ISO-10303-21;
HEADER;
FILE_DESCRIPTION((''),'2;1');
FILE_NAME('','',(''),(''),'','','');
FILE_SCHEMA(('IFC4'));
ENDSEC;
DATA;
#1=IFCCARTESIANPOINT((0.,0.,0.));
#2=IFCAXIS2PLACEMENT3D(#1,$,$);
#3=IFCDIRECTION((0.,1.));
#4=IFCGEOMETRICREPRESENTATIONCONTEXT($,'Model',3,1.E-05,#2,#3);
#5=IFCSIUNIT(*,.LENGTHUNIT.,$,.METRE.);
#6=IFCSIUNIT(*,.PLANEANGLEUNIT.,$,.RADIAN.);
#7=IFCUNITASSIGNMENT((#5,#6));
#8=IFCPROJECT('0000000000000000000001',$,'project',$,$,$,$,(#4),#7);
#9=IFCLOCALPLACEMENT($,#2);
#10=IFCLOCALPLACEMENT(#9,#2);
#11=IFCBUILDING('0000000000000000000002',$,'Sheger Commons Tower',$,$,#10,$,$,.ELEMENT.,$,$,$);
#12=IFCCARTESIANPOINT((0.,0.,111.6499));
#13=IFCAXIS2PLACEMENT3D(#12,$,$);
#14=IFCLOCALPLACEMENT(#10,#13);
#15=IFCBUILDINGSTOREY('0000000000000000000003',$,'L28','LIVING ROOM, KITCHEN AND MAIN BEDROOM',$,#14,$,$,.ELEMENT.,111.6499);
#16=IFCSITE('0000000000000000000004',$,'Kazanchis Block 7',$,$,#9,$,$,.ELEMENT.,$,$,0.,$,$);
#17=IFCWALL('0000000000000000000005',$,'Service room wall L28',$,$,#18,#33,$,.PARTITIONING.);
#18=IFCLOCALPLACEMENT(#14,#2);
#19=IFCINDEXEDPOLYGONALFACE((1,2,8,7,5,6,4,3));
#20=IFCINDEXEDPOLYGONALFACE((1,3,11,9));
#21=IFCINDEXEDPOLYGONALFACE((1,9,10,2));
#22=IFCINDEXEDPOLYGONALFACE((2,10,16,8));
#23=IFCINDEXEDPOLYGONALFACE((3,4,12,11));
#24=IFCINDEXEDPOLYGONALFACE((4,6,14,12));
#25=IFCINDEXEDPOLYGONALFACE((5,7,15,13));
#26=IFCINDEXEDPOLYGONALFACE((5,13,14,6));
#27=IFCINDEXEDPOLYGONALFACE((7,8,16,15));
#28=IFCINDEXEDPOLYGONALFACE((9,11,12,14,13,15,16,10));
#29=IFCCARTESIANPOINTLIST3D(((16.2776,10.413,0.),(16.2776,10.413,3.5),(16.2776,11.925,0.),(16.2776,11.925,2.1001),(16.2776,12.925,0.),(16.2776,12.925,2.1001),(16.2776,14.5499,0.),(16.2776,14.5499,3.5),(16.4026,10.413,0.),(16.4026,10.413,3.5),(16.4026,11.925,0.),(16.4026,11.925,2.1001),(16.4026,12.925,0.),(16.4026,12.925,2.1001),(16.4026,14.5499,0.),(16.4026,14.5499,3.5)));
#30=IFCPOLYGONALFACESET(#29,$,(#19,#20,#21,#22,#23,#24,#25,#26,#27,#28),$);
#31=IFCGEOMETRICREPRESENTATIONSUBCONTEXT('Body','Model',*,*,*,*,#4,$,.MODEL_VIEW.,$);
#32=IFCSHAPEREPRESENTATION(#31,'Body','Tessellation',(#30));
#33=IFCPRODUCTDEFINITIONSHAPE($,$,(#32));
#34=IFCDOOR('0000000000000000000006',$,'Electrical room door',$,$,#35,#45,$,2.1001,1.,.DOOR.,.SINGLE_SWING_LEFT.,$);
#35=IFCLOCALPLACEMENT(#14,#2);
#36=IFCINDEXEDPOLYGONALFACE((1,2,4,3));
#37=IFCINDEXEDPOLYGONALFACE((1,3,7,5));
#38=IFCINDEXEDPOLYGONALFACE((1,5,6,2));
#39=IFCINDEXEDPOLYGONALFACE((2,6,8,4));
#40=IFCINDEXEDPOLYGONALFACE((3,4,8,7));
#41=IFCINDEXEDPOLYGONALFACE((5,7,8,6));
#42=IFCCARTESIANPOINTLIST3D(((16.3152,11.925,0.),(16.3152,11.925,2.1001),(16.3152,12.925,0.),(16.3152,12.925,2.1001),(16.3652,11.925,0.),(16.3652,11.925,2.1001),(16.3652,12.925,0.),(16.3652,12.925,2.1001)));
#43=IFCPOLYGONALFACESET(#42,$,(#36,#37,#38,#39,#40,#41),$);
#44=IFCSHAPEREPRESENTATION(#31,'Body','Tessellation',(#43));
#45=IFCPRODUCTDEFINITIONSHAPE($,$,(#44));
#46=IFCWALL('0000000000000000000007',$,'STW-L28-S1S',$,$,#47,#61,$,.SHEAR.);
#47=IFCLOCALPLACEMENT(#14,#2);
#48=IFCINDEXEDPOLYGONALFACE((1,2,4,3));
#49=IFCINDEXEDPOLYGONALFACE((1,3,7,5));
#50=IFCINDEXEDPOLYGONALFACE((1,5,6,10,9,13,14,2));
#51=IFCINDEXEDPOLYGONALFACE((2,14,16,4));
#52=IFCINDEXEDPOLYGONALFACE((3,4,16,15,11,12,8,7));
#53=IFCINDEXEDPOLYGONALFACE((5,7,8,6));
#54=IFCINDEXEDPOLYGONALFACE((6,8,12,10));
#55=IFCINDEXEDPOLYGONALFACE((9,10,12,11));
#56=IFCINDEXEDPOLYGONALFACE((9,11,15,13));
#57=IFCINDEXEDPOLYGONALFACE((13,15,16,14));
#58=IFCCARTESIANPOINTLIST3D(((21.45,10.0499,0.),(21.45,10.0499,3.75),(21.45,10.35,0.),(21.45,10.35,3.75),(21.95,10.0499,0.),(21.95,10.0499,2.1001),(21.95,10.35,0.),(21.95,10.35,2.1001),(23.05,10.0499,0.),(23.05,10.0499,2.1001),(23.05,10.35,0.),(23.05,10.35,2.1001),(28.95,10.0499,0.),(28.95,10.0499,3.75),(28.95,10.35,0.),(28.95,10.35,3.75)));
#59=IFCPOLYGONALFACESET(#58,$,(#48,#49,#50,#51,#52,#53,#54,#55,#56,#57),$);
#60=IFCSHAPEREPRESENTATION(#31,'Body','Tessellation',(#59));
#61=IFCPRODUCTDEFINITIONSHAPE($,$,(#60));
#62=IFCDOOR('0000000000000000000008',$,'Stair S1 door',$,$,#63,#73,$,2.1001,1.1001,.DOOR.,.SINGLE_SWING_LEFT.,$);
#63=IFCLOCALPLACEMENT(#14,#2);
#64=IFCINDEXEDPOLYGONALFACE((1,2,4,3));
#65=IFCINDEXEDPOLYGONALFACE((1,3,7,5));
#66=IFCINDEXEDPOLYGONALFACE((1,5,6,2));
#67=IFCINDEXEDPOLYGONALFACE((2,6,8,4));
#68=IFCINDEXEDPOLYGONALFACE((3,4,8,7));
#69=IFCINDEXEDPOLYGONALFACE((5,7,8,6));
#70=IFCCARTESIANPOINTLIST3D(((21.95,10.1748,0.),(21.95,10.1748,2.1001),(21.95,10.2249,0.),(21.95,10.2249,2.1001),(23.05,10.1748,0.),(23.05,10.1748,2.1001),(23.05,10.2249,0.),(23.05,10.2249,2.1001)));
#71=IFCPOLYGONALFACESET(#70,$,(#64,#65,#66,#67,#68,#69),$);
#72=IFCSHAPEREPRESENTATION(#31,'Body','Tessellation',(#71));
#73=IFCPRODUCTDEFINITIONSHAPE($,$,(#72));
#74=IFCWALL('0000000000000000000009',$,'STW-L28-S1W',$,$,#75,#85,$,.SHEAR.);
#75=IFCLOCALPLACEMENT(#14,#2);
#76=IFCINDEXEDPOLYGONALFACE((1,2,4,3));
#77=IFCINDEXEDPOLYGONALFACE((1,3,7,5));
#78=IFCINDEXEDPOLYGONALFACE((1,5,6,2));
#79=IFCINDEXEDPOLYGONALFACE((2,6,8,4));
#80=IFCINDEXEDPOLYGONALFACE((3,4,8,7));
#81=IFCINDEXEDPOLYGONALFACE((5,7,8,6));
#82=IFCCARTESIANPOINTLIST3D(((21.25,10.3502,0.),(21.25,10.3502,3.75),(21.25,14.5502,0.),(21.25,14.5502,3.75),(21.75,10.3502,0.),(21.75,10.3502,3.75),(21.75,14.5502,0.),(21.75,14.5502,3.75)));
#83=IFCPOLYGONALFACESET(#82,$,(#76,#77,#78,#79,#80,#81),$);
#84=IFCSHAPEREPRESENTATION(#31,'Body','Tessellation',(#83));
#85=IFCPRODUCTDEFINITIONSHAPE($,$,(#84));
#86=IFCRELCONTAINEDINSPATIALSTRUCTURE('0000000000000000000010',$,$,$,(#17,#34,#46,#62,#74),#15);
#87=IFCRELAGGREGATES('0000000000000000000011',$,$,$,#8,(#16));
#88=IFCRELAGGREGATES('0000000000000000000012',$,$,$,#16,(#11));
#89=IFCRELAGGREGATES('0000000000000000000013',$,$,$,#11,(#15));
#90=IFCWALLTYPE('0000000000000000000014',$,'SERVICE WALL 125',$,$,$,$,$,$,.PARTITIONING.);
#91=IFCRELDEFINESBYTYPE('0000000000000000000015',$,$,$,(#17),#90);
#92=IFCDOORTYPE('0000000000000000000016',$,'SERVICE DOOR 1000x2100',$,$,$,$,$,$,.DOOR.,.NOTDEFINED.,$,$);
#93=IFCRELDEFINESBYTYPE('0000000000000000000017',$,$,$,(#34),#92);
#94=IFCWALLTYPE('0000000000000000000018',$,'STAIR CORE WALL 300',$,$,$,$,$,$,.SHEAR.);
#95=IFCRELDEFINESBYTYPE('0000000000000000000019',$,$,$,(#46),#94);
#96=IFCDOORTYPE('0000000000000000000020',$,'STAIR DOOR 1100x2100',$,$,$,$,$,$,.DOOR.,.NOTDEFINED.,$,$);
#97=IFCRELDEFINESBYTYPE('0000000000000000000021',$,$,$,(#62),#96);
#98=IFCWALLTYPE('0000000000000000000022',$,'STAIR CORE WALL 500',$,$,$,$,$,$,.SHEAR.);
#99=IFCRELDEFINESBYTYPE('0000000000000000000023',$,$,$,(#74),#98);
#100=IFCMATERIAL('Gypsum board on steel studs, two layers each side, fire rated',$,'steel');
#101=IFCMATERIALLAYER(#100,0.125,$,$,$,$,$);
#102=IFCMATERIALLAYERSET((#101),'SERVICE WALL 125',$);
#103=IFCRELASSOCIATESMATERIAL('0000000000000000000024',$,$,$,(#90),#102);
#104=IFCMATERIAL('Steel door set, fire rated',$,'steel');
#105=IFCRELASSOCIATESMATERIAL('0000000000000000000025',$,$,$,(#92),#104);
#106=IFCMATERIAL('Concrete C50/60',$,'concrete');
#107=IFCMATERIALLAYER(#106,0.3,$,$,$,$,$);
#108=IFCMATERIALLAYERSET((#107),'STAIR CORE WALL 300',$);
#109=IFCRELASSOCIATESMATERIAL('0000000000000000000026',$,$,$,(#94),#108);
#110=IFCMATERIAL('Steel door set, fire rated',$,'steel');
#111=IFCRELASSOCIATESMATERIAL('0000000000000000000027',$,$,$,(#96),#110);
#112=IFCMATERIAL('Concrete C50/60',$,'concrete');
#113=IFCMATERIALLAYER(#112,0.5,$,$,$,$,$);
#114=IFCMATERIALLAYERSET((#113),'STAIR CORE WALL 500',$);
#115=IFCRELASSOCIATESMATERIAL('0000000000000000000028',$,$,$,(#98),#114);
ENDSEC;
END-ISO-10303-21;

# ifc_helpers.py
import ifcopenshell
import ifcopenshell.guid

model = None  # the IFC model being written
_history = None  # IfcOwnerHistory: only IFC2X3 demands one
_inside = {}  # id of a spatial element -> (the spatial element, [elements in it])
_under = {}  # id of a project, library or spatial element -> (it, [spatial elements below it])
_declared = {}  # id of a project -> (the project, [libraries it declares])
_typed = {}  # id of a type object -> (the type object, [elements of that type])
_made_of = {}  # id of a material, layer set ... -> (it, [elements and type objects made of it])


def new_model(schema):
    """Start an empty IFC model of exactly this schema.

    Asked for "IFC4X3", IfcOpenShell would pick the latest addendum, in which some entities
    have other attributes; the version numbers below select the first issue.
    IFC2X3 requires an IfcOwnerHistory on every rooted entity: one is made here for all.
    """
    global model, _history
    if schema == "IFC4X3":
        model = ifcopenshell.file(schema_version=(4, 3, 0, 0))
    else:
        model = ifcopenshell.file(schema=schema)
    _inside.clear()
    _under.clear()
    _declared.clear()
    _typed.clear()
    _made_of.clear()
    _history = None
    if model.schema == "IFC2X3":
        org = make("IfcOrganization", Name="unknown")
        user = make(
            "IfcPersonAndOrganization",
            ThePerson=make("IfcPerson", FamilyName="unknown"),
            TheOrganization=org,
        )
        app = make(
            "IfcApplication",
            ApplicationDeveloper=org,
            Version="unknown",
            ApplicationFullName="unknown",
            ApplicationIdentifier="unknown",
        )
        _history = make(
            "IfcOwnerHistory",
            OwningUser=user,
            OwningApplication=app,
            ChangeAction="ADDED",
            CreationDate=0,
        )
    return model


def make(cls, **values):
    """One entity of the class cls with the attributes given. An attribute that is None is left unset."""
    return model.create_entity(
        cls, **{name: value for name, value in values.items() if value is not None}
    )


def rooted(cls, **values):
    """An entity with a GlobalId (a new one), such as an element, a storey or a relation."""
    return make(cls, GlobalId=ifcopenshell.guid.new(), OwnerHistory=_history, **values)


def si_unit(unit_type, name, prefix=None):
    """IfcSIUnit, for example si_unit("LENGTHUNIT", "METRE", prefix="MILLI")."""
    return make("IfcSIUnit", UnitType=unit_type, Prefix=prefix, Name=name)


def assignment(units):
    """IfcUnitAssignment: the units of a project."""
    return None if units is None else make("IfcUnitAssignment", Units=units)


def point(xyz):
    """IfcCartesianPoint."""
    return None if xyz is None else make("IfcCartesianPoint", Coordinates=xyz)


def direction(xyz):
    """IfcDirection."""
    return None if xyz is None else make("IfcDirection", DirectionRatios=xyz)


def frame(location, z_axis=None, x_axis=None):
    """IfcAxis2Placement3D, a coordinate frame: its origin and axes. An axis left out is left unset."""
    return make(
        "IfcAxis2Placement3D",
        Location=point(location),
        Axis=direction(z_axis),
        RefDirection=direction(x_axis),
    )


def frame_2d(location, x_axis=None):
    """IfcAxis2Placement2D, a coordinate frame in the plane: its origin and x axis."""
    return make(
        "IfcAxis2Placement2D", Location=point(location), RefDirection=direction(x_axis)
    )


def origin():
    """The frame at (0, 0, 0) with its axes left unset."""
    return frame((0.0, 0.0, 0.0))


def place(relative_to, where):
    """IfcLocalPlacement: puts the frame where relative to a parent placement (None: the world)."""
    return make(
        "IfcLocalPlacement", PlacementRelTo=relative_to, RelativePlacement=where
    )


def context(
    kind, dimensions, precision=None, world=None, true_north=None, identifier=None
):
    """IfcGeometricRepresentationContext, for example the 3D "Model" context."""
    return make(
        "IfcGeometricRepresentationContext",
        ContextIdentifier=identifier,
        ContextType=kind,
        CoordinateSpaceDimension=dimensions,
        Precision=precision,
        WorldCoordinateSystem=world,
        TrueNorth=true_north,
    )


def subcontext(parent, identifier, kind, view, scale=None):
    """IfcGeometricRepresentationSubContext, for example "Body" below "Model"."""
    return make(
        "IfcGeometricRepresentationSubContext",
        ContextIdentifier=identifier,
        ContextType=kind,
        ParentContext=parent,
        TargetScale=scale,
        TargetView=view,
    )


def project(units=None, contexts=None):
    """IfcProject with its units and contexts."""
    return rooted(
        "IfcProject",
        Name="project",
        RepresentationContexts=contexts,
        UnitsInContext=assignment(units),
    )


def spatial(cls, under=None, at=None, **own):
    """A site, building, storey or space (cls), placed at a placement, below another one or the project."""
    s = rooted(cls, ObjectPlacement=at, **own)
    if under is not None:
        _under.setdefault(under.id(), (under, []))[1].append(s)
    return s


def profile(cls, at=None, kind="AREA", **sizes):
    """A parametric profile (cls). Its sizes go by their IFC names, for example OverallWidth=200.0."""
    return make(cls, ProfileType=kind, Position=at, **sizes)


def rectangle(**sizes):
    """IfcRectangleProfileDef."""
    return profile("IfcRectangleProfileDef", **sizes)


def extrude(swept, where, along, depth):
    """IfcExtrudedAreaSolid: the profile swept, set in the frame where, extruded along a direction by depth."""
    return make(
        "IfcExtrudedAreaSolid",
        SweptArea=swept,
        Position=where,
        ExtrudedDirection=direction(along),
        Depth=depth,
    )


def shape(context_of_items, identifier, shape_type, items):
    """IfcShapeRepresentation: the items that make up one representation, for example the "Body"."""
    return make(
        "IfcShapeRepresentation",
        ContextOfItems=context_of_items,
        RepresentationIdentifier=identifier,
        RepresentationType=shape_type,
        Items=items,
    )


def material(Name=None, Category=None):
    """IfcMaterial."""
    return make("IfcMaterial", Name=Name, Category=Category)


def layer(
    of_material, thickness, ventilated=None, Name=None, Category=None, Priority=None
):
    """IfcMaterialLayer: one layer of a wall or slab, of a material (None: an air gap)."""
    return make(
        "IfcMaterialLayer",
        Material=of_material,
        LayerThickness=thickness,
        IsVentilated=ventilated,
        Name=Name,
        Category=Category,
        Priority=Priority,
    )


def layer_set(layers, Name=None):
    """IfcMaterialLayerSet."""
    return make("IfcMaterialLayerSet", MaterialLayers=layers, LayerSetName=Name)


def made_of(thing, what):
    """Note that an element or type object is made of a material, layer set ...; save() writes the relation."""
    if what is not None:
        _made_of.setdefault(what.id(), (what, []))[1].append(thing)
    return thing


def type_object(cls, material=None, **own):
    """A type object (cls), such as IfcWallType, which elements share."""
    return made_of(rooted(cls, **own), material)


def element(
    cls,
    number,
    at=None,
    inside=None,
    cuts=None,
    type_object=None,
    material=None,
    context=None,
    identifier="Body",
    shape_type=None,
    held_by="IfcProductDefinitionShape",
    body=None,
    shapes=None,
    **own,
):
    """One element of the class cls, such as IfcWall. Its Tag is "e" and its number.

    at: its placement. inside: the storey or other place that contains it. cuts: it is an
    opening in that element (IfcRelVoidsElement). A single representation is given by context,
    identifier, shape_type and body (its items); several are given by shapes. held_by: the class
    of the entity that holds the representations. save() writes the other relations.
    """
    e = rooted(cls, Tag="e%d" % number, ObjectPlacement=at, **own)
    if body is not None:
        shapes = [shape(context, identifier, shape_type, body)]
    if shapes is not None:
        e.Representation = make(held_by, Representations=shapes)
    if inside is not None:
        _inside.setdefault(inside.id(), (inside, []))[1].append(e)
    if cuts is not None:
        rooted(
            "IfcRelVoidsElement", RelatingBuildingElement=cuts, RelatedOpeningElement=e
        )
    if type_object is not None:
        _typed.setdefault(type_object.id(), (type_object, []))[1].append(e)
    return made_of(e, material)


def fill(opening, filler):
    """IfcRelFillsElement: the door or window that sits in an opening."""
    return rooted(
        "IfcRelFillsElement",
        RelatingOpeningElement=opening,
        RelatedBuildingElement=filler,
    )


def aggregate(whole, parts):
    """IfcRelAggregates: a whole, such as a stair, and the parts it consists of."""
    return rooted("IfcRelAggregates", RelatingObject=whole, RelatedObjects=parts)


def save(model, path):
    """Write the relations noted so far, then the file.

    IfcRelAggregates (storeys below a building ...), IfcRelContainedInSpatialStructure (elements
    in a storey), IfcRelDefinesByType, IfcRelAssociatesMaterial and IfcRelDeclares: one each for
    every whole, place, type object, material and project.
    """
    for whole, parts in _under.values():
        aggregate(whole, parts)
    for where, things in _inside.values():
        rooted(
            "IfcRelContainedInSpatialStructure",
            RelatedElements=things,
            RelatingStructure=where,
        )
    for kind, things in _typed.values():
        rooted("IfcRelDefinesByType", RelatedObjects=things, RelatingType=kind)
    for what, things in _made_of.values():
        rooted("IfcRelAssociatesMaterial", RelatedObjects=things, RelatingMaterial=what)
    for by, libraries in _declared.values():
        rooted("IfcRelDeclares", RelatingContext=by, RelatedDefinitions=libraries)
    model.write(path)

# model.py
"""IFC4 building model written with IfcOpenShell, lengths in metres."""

from ifc_helpers import new_model, si_unit, direction, frame, frame_2d, origin, place, context, subcontext, project, spatial, rectangle, extrude, material, layer, layer_set, type_object, element, fill, save


model = new_model("IFC4")

# Units and contexts
model_context = context("Model", 3, precision=1e-05, world=origin(), true_north=direction((0.0, 1.0)))
body_context = subcontext(model_context, "Body", "Model", "MODEL_VIEW")
ifc_project = project(units=[si_unit("LENGTHUNIT", "METRE"), si_unit("PLANEANGLEUNIT", "RADIAN")], contexts=[model_context])

# Site, building, storey
site_placement = place(None, origin())
site = spatial("IfcSite", under=ifc_project, at=site_placement, Name="Kazanchis Block 7", CompositionType="ELEMENT", RefElevation=0.0)
building_placement = place(site_placement, origin())
building = spatial("IfcBuilding", under=site, at=building_placement, Name="Sheger Commons Tower", CompositionType="ELEMENT")
storey_placement = place(building_placement, frame((0.0, 0.0, 111.6499)))
storey = spatial("IfcBuildingStorey", under=building, at=storey_placement, Name="L28", Description="LIVING ROOM, KITCHEN AND MAIN BEDROOM", CompositionType="ELEMENT", Elevation=111.6499)

# Shared definitions
ifc_material_1 = material(Name="Gypsum board on steel studs, two layers each side, fire rated", Category="steel")
ifc_layer_1 = layer(ifc_material_1, 0.125)
ifc_layer_set_1 = layer_set([ifc_layer_1], Name="SERVICE WALL 125")
wall_type_1 = type_object("IfcWallType", Name="SERVICE WALL 125", PredefinedType="PARTITIONING", material=ifc_layer_set_1)
ifc_material_2 = material(Name="Steel door set, fire rated", Category="steel")
door_type_1 = type_object("IfcDoorType", Name="SERVICE DOOR 1000x2100", OperationType="NOTDEFINED", PredefinedType="DOOR", material=ifc_material_2)

# Walls, openings, doors
wall_1_placement = place(storey_placement, frame((16.3401, 10.4131, 0.0), z_axis=(0.0, 0.0, 1.0), x_axis=(0.0, 1.0, 0.0)))
wall_1 = element("IfcWall", 1, at=wall_1_placement, inside=storey, type_object=wall_type_1, Name="Service room wall L28", PredefinedType="PARTITIONING", context=body_context, shape_type="SweptSolid", body=[
    extrude(rectangle(XDim=4.137, YDim=0.125, at=frame_2d((2.0684, 0.0))), origin(), (0.0, 0.0, 1.0), 3.5),
])
opening_1_placement = place(wall_1_placement, frame((1.512, 0.0, 0.0)))
opening_1 = element("IfcOpeningElement", 2, at=opening_1_placement, cuts=wall_1, PredefinedType="OPENING", context=body_context, shape_type="SweptSolid", body=[
    extrude(rectangle(XDim=1.0, YDim=2.1001, at=frame_2d((0.5, 1.05))), frame((0.0, 0.0725, 0.0), z_axis=(0.0, -1.0, 0.0), x_axis=(1.0, 0.0, 0.0)), (0.0, 0.0, 1.0), 0.145),
])
door_1_placement = place(opening_1_placement, origin())
door_1 = element("IfcDoor", 3, at=door_1_placement, inside=storey, type_object=door_type_1, Name="Electrical room door", OperationType="SINGLE_SWING_LEFT", OverallHeight=2.1001, OverallWidth=1.0, PredefinedType="DOOR", context=body_context, shape_type="SweptSolid", body=[
    extrude(rectangle(XDim=1.0, YDim=2.1001, at=frame_2d((0.5, 1.05))), frame((0.0, 0.0249, 0.0), z_axis=(0.0, -1.0, 0.0), x_axis=(1.0, 0.0, 0.0)), (0.0, 0.0, 1.0), 0.05),
])
fill(opening_1, door_1)
ifc_material_3 = material(Name="Concrete C50/60", Category="concrete")
ifc_layer_2 = layer(ifc_material_3, 0.3)
ifc_layer_set_2 = layer_set([ifc_layer_2], Name="STAIR CORE WALL 300")
wall_type_2 = type_object("IfcWallType", Name="STAIR CORE WALL 300", PredefinedType="SHEAR", material=ifc_layer_set_2)
wall_2_placement = place(storey_placement, frame((21.45, 10.2, 0.0), z_axis=(0.0, 0.0, 1.0), x_axis=(1.0, 0.0, 0.0)))
wall_2 = element("IfcWall", 4, at=wall_2_placement, inside=storey, type_object=wall_type_2, Name="STW-L28-S1S", PredefinedType="SHEAR", context=body_context, shape_type="SweptSolid", body=[
    extrude(rectangle(XDim=7.5, YDim=0.3, at=frame_2d((3.75, 0.0))), origin(), (0.0, 0.0, 1.0), 3.75),
])
opening_2_placement = place(wall_2_placement, frame((0.5, 0.0, 0.0)))
opening_2 = element("IfcOpeningElement", 5, at=opening_2_placement, cuts=wall_2, PredefinedType="OPENING", context=body_context, shape_type="SweptSolid", body=[
    extrude(rectangle(XDim=1.1001, YDim=2.1001, at=frame_2d((0.55, 1.05))), frame((0.0, 0.1599, 0.0), z_axis=(0.0, -1.0, 0.0), x_axis=(1.0, 0.0, 0.0)), (0.0, 0.0, 1.0), 0.3201),
])
ifc_material_4 = material(Name="Steel door set, fire rated", Category="steel")
door_type_2 = type_object("IfcDoorType", Name="STAIR DOOR 1100x2100", OperationType="NOTDEFINED", PredefinedType="DOOR", material=ifc_material_4)
door_2_placement = place(opening_2_placement, origin())
door_2 = element("IfcDoor", 6, at=door_2_placement, inside=storey, type_object=door_type_2, Name="Stair S1 door", OperationType="SINGLE_SWING_LEFT", OverallHeight=2.1001, OverallWidth=1.1001, PredefinedType="DOOR", context=body_context, shape_type="SweptSolid", body=[
    extrude(rectangle(XDim=1.1001, YDim=2.1001, at=frame_2d((0.55, 1.05))), frame((0.0, 0.0249, 0.0), z_axis=(0.0, -1.0, 0.0), x_axis=(1.0, 0.0, 0.0)), (0.0, 0.0, 1.0), 0.05),
])
fill(opening_2, door_2)

# Wall
ifc_material_5 = material(Name="Concrete C50/60", Category="concrete")
ifc_layer_3 = layer(ifc_material_5, 0.5)
ifc_layer_set_3 = layer_set([ifc_layer_3], Name="STAIR CORE WALL 500")
wall_type_3 = type_object("IfcWallType", Name="STAIR CORE WALL 500", PredefinedType="SHEAR", material=ifc_layer_set_3)
wall_3_placement = place(storey_placement, frame((21.5, 10.3501, 0.0), z_axis=(0.0, 0.0, 1.0), x_axis=(0.0, 1.0, 0.0)))
element("IfcWall", 7, at=wall_3_placement, inside=storey, type_object=wall_type_3, Name="STW-L28-S1W", PredefinedType="SHEAR", context=body_context, shape_type="SweptSolid", body=[
    extrude(rectangle(XDim=4.2, YDim=0.5, at=frame_2d((2.1001, 0.0))), origin(), (0.0, 0.0, 1.0), 3.75),
])

save(model, "model.ifc")
